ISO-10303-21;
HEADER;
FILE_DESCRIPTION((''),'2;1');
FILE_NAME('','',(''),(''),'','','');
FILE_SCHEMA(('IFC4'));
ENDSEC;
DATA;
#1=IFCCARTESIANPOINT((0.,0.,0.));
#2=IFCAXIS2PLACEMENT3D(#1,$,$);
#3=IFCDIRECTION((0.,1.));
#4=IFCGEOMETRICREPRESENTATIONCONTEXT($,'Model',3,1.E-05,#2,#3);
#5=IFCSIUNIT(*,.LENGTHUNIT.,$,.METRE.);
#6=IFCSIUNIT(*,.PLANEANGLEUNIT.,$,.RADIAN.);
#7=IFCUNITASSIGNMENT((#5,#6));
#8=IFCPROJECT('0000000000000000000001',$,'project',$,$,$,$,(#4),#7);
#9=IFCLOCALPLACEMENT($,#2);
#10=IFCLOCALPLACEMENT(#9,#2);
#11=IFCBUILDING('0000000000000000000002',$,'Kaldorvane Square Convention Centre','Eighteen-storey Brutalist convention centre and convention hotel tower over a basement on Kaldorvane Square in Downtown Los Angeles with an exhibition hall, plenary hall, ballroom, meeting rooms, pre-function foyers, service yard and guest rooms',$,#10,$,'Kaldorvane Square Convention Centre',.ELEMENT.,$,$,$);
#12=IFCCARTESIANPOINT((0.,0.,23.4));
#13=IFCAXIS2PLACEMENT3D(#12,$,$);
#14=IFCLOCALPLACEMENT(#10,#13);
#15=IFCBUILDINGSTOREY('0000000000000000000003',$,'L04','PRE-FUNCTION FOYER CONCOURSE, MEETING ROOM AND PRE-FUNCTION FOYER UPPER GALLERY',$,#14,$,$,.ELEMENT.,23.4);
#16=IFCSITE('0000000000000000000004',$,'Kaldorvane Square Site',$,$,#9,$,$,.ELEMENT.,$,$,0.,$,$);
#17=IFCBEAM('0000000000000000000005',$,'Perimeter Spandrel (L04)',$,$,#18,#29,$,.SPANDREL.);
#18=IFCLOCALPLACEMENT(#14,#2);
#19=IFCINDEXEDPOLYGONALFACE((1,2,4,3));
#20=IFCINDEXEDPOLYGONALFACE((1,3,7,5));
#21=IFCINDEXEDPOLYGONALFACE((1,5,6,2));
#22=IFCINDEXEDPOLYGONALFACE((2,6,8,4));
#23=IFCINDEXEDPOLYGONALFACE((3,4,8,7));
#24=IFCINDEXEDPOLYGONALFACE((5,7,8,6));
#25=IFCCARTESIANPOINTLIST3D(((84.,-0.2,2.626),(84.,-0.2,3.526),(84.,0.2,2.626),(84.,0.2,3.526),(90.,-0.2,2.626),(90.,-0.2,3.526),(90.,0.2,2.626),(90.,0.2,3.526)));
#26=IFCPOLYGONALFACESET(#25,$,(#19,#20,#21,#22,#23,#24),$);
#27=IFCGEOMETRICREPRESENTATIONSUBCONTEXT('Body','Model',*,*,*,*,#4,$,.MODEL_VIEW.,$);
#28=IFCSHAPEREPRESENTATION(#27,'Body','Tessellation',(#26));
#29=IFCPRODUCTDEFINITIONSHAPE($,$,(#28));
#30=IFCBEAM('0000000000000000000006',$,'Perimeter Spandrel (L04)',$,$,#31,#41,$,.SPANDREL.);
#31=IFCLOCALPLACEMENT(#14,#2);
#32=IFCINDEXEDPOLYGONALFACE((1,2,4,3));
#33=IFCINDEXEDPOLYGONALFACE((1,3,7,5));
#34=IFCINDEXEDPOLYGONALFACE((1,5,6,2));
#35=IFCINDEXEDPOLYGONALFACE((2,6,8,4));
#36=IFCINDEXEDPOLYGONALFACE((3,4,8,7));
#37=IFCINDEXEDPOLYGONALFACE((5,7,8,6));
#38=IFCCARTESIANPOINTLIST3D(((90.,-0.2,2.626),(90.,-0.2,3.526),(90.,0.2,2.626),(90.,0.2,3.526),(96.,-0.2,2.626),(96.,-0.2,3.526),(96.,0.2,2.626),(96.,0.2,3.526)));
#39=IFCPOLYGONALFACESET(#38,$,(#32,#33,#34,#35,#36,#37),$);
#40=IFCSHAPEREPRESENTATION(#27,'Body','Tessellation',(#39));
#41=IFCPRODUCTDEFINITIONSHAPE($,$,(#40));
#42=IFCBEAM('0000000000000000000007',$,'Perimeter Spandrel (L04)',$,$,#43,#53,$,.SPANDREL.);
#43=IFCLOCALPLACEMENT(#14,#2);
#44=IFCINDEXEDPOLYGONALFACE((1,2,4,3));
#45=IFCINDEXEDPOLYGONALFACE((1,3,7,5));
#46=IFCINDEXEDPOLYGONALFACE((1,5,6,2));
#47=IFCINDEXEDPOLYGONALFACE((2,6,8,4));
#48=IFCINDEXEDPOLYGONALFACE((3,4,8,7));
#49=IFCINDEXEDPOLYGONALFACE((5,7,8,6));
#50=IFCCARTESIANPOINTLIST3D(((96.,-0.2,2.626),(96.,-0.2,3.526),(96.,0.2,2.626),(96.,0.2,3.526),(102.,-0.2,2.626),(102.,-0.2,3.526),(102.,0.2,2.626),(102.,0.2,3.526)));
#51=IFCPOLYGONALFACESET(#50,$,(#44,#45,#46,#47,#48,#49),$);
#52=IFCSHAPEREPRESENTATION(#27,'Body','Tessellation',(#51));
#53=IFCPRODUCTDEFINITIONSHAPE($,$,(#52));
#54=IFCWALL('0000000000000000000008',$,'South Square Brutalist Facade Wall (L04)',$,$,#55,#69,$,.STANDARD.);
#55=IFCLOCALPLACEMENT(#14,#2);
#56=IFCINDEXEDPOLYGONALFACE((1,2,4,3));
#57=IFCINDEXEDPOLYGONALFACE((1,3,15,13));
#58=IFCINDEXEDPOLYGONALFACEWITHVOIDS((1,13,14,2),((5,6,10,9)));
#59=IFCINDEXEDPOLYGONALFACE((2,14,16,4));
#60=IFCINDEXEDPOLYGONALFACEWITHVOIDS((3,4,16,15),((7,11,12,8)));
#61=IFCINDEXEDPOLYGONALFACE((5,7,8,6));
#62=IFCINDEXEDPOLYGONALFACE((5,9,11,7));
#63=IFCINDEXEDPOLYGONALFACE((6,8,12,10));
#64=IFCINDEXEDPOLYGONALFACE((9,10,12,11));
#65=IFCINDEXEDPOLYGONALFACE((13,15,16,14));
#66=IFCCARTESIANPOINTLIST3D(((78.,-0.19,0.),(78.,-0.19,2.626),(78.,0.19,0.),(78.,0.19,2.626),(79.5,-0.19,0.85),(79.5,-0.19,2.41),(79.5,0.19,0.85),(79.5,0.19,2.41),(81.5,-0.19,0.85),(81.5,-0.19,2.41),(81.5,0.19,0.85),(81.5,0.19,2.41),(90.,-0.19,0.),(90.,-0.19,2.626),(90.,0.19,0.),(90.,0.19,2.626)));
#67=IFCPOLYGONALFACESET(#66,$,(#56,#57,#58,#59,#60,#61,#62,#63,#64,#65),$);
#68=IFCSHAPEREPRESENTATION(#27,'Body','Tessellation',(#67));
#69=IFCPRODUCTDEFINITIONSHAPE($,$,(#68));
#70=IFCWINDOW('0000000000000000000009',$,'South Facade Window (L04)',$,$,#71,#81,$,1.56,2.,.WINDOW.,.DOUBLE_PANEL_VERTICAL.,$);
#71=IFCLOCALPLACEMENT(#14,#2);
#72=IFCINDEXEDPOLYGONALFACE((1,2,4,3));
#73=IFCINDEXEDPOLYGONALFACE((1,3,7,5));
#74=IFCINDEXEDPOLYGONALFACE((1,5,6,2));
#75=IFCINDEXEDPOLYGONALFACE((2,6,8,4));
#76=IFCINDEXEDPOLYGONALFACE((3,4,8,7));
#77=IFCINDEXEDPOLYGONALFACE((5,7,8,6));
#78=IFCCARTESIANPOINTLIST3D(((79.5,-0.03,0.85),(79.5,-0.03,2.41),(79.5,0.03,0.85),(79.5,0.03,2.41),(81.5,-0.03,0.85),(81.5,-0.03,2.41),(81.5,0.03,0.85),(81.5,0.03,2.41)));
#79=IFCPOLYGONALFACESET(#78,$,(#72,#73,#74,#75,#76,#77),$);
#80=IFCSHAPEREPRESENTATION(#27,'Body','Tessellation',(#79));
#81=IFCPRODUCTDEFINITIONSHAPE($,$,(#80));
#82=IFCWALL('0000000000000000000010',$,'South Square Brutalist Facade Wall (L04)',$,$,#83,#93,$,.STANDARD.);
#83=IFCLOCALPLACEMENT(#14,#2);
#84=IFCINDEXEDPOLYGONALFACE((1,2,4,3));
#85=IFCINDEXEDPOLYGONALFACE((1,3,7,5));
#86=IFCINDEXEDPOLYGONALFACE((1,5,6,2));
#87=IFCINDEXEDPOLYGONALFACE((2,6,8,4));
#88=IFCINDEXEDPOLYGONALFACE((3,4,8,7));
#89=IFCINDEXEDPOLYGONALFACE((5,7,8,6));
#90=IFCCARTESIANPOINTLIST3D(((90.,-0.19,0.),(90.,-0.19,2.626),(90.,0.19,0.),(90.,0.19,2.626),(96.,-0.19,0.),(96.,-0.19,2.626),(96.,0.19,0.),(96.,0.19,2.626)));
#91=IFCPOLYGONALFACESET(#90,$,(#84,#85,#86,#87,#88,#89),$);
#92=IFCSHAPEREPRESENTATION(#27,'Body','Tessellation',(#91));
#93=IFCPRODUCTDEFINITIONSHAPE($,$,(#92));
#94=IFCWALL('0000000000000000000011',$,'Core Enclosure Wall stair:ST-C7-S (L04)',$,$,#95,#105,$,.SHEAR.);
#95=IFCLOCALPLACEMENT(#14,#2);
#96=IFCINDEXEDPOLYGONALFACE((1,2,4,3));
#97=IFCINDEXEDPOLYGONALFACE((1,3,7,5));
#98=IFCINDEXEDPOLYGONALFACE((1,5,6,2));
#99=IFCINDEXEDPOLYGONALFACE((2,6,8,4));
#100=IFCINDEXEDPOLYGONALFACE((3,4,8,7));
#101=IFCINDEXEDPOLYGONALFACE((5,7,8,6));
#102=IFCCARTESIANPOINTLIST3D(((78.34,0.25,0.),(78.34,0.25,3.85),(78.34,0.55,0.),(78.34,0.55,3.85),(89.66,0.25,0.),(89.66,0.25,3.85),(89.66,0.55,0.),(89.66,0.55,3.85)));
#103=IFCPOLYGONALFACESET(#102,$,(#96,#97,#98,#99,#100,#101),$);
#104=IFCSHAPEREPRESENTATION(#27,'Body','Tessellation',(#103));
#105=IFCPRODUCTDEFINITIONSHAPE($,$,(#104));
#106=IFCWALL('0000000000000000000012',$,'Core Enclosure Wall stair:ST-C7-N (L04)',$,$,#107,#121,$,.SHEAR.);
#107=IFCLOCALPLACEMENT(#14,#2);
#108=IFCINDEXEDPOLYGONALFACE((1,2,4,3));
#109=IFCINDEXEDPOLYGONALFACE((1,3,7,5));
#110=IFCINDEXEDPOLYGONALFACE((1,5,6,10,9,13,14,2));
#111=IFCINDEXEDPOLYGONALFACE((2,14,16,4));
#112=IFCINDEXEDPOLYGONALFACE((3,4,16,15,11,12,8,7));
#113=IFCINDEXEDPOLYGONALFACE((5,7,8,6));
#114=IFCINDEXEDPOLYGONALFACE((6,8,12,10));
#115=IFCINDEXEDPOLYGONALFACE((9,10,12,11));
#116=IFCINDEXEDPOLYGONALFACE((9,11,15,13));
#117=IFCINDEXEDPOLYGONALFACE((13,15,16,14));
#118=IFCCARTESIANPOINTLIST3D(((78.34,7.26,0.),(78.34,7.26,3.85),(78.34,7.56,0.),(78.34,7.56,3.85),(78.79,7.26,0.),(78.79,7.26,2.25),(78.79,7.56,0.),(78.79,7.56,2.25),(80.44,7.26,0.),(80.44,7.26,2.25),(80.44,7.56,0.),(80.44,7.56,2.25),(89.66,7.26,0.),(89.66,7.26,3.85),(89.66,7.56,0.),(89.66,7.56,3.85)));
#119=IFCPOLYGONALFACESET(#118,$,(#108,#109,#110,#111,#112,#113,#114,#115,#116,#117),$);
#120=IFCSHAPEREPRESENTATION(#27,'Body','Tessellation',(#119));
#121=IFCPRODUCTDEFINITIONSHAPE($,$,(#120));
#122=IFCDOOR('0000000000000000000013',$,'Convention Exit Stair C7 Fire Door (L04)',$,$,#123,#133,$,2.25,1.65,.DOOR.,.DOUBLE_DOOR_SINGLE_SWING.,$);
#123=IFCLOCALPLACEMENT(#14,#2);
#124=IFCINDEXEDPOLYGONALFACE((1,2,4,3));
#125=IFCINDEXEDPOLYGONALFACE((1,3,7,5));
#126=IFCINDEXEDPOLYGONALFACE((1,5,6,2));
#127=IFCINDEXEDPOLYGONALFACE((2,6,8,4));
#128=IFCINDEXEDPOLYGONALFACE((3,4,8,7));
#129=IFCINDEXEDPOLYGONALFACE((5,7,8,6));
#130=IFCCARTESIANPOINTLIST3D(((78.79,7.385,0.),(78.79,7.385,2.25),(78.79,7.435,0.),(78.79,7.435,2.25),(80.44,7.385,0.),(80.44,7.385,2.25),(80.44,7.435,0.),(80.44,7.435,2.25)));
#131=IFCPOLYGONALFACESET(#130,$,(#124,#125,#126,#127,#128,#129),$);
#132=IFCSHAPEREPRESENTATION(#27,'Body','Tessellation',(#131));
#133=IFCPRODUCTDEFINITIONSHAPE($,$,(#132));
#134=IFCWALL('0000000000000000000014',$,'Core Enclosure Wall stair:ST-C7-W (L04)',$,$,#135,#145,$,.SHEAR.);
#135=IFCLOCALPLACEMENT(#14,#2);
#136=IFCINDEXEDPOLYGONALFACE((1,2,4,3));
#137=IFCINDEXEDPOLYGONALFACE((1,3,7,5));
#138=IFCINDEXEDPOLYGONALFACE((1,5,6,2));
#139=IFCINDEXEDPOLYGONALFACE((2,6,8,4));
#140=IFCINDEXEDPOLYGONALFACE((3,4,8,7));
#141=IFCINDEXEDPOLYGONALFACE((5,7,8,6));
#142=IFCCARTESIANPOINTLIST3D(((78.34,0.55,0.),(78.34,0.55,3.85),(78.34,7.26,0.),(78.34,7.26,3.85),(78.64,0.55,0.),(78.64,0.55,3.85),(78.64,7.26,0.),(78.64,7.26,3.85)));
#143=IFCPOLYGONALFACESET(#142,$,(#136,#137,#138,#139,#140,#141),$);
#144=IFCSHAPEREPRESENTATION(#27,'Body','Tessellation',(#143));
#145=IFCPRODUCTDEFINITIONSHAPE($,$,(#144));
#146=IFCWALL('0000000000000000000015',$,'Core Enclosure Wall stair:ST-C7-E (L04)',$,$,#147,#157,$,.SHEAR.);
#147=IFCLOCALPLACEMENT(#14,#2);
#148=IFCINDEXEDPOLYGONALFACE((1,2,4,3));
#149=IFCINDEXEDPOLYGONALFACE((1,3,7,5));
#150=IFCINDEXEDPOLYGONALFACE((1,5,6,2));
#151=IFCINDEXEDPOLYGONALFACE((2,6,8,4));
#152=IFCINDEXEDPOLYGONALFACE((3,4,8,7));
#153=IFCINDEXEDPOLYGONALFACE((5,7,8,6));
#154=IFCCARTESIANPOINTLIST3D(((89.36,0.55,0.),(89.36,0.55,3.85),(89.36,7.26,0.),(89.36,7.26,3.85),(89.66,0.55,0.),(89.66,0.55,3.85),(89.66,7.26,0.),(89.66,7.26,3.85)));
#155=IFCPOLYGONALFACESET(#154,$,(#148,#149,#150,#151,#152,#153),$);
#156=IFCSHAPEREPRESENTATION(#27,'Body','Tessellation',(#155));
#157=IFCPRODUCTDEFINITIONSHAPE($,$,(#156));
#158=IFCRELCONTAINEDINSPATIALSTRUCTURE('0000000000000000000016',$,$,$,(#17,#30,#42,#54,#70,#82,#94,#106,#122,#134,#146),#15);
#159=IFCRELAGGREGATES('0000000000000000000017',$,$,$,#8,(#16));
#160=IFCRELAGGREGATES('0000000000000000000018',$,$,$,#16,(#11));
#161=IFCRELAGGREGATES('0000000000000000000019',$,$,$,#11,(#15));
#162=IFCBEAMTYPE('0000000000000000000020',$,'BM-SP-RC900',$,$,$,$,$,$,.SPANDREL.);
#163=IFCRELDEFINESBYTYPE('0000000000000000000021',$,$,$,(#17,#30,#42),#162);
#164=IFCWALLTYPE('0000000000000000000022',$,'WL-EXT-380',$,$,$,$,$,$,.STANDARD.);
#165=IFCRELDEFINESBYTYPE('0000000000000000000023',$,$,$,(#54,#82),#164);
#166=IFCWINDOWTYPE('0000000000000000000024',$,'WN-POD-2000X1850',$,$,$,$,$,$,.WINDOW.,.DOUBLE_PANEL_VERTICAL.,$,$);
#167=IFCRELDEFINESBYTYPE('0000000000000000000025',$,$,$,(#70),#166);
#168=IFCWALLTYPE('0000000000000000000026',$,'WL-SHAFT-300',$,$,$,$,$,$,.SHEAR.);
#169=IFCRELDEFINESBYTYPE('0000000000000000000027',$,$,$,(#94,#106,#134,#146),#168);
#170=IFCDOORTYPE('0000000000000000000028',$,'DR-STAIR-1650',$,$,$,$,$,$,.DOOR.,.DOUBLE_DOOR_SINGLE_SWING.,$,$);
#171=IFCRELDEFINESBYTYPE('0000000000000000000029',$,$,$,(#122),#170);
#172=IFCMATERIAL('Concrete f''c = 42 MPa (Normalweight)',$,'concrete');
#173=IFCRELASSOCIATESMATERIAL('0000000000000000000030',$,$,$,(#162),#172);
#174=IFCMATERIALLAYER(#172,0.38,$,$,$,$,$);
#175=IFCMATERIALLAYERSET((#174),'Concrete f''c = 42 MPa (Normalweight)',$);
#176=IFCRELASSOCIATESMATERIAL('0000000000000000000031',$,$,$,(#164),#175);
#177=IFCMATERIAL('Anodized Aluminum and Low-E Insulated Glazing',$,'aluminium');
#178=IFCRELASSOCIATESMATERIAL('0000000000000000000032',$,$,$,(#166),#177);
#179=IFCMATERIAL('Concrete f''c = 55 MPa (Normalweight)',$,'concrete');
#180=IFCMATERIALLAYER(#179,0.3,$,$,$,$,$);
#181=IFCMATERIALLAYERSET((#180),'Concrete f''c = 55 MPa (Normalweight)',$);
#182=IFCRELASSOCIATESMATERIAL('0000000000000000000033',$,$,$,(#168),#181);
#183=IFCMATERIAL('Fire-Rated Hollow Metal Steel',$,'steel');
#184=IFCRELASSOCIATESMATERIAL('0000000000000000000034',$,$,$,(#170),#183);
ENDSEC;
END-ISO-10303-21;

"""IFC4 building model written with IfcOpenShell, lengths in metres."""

from ifc_helpers import new_model, si_unit, direction, frame, frame_2d, origin, origin_2d, place, context, subcontext, project, spatial, rectangle, extrude, material, layer, layer_set, material_profile, profile_set, type_object, element, fill, save


model = new_model("IFC4")

# Units and contexts
model_context = context("Model", 3, precision=1e-05, world=origin(), true_north=direction((0.0, 1.0)))
body_context = subcontext(model_context, "Body", "Model", "MODEL_VIEW")
ifc_project = project(units=[si_unit("LENGTHUNIT", "METRE"), si_unit("PLANEANGLEUNIT", "RADIAN")], contexts=[model_context])

# Site, building, storey
site_placement = place(None, origin())
site = spatial("IfcSite", under=ifc_project, at=site_placement, Name="Kaldorvane Square Site", CompositionType="ELEMENT", RefElevation=0.0)
building_placement = place(site_placement, origin())
building = spatial("IfcBuilding", under=site, at=building_placement, Name="Kaldorvane Square Convention Centre", Description="Eighteen-storey Brutalist convention centre and convention hotel tower over a basement on Kaldorvane Square in Downtown Los Angeles with an exhibition hall, plenary hall, ballroom, meeting rooms, pre-function foyers, service yard and guest rooms", LongName="Kaldorvane Square Convention Centre", CompositionType="ELEMENT")
storey_placement = place(building_placement, frame((0.0, 0.0, 23.4)))
storey = spatial("IfcBuildingStorey", under=building, at=storey_placement, Name="L04", Description="PRE-FUNCTION FOYER CONCOURSE, MEETING ROOM AND PRE-FUNCTION FOYER UPPER GALLERY", CompositionType="ELEMENT", Elevation=23.4)

# Shared definitions
ifc_material_1 = material(Name="Concrete f'c = 55 MPa (Normalweight)", Category="concrete")

# Beams
ifc_material_2 = material(Name="Concrete f'c = 42 MPa (Normalweight)", Category="concrete")
ifc_material_profile_1 = material_profile(ifc_material_2, rectangle(XDim=0.4, YDim=0.9, at=origin_2d()), Name="RCSP900X400")
ifc_profile_set_1 = profile_set([ifc_material_profile_1], Name="Concrete f'c = 42 MPa (Normalweight)")
beam_type_1 = type_object("IfcBeamType", Name="BM-SP-RC900", PredefinedType="SPANDREL", material=ifc_profile_set_1)
for number, where, z_axis, x_axis, name in (
    (1, (84.0, 0.0, 3.076), (1.0, 0.0, 0.0), (0.0, 1.0, 0.0), "Perimeter Spandrel (L04)"),
    (2, (90.0, 0.0, 3.076), (1.0, 0.0, 0.0), (0.0, 1.0, 0.0), "Perimeter Spandrel (L04)"),
    (3, (96.0, 0.0, 3.076), (1.0, 0.0, 0.0), (0.0, 1.0, 0.0), "Perimeter Spandrel (L04)"),
):
    element("IfcBeam", number, at=place(storey_placement, frame(where, z_axis=z_axis, x_axis=x_axis)), inside=storey, type_object=beam_type_1, Name=name, PredefinedType="SPANDREL", context=body_context, shape_type="SweptSolid", body=[
        extrude(rectangle(XDim=0.4, YDim=0.9, at=origin_2d()), origin(), (0.0, 0.0, 1.0), 6.0),
    ])

# Wall, opening, window
ifc_layer_1 = layer(ifc_material_2, 0.38)
ifc_layer_set_1 = layer_set([ifc_layer_1], Name="Concrete f'c = 42 MPa (Normalweight)")
wall_type_1 = type_object("IfcWallType", Name="WL-EXT-380", PredefinedType="STANDARD", material=ifc_layer_set_1)
wall_1_placement = place(storey_placement, frame((78.0, 0.0, 0.0), z_axis=(0.0, 0.0, 1.0), x_axis=(1.0, 0.0, 0.0)))
wall_1 = element("IfcWall", 4, at=wall_1_placement, inside=storey, type_object=wall_type_1, Name="South Square Brutalist Facade Wall (L04)", PredefinedType="STANDARD", context=body_context, shape_type="SweptSolid", body=[
    extrude(rectangle(XDim=12.0, YDim=0.38, at=frame_2d((6.0, 0.0))), origin(), (0.0, 0.0, 1.0), 2.626),
])
opening_1_placement = place(wall_1_placement, frame((1.5, 0.0, 0.85)))
opening_1 = element("IfcOpeningElement", 5, at=opening_1_placement, cuts=wall_1, PredefinedType="OPENING", context=body_context, shape_type="SweptSolid", body=[
    extrude(rectangle(XDim=2.0, YDim=1.56, at=frame_2d((1.0, 0.78))), frame((0.0, 0.205, 0.0), z_axis=(0.0, -1.0, 0.0), x_axis=(1.0, 0.0, 0.0)), (0.0, 0.0, 1.0), 0.41),
])
ifc_material_3 = material(Name="Anodized Aluminum and Low-E Insulated Glazing", Category="aluminium")
window_type = type_object("IfcWindowType", Name="WN-POD-2000X1850", PartitioningType="DOUBLE_PANEL_VERTICAL", PredefinedType="WINDOW", material=ifc_material_3)
window_placement = place(opening_1_placement, origin())
window = element("IfcWindow", 6, at=window_placement, inside=storey, type_object=window_type, Name="South Facade Window (L04)", OverallHeight=1.56, OverallWidth=2.0, PartitioningType="DOUBLE_PANEL_VERTICAL", PredefinedType="WINDOW", context=body_context, shape_type="SweptSolid", body=[
    extrude(rectangle(XDim=2.0, YDim=1.56, at=frame_2d((1.0, 0.78))), frame((0.0, 0.03, 0.0), z_axis=(0.0, -1.0, 0.0), x_axis=(1.0, 0.0, 0.0)), (0.0, 0.0, 1.0), 0.06),
])
fill(opening_1, window)

# Walls
wall_2_placement = place(storey_placement, frame((90.0, 0.0, 0.0), z_axis=(0.0, 0.0, 1.0), x_axis=(1.0, 0.0, 0.0)))
element("IfcWall", 7, at=wall_2_placement, inside=storey, type_object=wall_type_1, Name="South Square Brutalist Facade Wall (L04)", PredefinedType="STANDARD", context=body_context, shape_type="SweptSolid", body=[
    extrude(rectangle(XDim=6.0, YDim=0.38, at=frame_2d((3.0, 0.0))), origin(), (0.0, 0.0, 1.0), 2.626),
])
ifc_layer_2 = layer(ifc_material_1, 0.3)
ifc_layer_set_2 = layer_set([ifc_layer_2], Name="Concrete f'c = 55 MPa (Normalweight)")
wall_type_2 = type_object("IfcWallType", Name="WL-SHAFT-300", PredefinedType="SHEAR", material=ifc_layer_set_2)
wall_3_placement = place(storey_placement, frame((89.66, 0.4, 0.0), z_axis=(0.0, 0.0, 1.0), x_axis=(-1.0, 0.0, 0.0)))
element("IfcWall", 8, at=wall_3_placement, inside=storey, type_object=wall_type_2, Name="Core Enclosure Wall stair:ST-C7-S (L04)", PredefinedType="SHEAR", context=body_context, shape_type="SweptSolid", body=[
    extrude(rectangle(XDim=11.32, YDim=0.3, at=frame_2d((5.66, 0.0))), origin(), (0.0, 0.0, 1.0), 3.85),
])

# Wall, opening, door
wall_4_placement = place(storey_placement, frame((89.66, 7.41, 0.0), z_axis=(0.0, 0.0, 1.0), x_axis=(-1.0, 0.0, 0.0)))
wall_4 = element("IfcWall", 9, at=wall_4_placement, inside=storey, type_object=wall_type_2, Name="Core Enclosure Wall stair:ST-C7-N (L04)", PredefinedType="SHEAR", context=body_context, shape_type="SweptSolid", body=[
    extrude(rectangle(XDim=11.32, YDim=0.3, at=frame_2d((5.66, 0.0))), origin(), (0.0, 0.0, 1.0), 3.85),
])
opening_2_placement = place(wall_4_placement, frame((9.22, 0.0, 0.0)))
opening_2 = element("IfcOpeningElement", 10, at=opening_2_placement, cuts=wall_4, PredefinedType="OPENING", context=body_context, shape_type="SweptSolid", body=[
    extrude(rectangle(XDim=1.65, YDim=2.25, at=frame_2d((0.825, 1.125))), frame((0.0, 0.165, 0.0), z_axis=(0.0, -1.0, 0.0), x_axis=(1.0, 0.0, 0.0)), (0.0, 0.0, 1.0), 0.33),
])
ifc_material_4 = material(Name="Fire-Rated Hollow Metal Steel", Category="steel")
door_type = type_object("IfcDoorType", Name="DR-STAIR-1650", OperationType="DOUBLE_DOOR_SINGLE_SWING", PredefinedType="DOOR", material=ifc_material_4)
door_placement = place(opening_2_placement, origin())
door = element("IfcDoor", 11, at=door_placement, inside=storey, type_object=door_type, Name="Convention Exit Stair C7 Fire Door (L04)", OperationType="DOUBLE_DOOR_SINGLE_SWING", OverallHeight=2.25, OverallWidth=1.65, PredefinedType="DOOR", context=body_context, shape_type="SweptSolid", body=[
    extrude(rectangle(XDim=1.65, YDim=2.25, at=frame_2d((0.825, 1.125))), frame((0.0, 0.025, 0.0), z_axis=(0.0, -1.0, 0.0), x_axis=(1.0, 0.0, 0.0)), (0.0, 0.0, 1.0), 0.05),
])
fill(opening_2, door)

# Walls
for number, where, z_axis, x_axis, name in (
    (12, (78.49, 7.26, 0.0), (0.0, 0.0, 1.0), (0.0, -1.0, 0.0), "Core Enclosure Wall stair:ST-C7-W (L04)"),
    (13, (89.51, 0.55, 0.0), (0.0, 0.0, 1.0), (0.0, 1.0, 0.0), "Core Enclosure Wall stair:ST-C7-E (L04)"),
):
    element("IfcWall", number, at=place(storey_placement, frame(where, z_axis=z_axis, x_axis=x_axis)), inside=storey, type_object=wall_type_2, Name=name, PredefinedType="SHEAR", context=body_context, shape_type="SweptSolid", body=[
        extrude(rectangle(XDim=6.71, YDim=0.3, at=frame_2d((3.355, 0.0))), origin(), (0.0, 0.0, 1.0), 3.85),
    ])

save(model, "model.ifc")
